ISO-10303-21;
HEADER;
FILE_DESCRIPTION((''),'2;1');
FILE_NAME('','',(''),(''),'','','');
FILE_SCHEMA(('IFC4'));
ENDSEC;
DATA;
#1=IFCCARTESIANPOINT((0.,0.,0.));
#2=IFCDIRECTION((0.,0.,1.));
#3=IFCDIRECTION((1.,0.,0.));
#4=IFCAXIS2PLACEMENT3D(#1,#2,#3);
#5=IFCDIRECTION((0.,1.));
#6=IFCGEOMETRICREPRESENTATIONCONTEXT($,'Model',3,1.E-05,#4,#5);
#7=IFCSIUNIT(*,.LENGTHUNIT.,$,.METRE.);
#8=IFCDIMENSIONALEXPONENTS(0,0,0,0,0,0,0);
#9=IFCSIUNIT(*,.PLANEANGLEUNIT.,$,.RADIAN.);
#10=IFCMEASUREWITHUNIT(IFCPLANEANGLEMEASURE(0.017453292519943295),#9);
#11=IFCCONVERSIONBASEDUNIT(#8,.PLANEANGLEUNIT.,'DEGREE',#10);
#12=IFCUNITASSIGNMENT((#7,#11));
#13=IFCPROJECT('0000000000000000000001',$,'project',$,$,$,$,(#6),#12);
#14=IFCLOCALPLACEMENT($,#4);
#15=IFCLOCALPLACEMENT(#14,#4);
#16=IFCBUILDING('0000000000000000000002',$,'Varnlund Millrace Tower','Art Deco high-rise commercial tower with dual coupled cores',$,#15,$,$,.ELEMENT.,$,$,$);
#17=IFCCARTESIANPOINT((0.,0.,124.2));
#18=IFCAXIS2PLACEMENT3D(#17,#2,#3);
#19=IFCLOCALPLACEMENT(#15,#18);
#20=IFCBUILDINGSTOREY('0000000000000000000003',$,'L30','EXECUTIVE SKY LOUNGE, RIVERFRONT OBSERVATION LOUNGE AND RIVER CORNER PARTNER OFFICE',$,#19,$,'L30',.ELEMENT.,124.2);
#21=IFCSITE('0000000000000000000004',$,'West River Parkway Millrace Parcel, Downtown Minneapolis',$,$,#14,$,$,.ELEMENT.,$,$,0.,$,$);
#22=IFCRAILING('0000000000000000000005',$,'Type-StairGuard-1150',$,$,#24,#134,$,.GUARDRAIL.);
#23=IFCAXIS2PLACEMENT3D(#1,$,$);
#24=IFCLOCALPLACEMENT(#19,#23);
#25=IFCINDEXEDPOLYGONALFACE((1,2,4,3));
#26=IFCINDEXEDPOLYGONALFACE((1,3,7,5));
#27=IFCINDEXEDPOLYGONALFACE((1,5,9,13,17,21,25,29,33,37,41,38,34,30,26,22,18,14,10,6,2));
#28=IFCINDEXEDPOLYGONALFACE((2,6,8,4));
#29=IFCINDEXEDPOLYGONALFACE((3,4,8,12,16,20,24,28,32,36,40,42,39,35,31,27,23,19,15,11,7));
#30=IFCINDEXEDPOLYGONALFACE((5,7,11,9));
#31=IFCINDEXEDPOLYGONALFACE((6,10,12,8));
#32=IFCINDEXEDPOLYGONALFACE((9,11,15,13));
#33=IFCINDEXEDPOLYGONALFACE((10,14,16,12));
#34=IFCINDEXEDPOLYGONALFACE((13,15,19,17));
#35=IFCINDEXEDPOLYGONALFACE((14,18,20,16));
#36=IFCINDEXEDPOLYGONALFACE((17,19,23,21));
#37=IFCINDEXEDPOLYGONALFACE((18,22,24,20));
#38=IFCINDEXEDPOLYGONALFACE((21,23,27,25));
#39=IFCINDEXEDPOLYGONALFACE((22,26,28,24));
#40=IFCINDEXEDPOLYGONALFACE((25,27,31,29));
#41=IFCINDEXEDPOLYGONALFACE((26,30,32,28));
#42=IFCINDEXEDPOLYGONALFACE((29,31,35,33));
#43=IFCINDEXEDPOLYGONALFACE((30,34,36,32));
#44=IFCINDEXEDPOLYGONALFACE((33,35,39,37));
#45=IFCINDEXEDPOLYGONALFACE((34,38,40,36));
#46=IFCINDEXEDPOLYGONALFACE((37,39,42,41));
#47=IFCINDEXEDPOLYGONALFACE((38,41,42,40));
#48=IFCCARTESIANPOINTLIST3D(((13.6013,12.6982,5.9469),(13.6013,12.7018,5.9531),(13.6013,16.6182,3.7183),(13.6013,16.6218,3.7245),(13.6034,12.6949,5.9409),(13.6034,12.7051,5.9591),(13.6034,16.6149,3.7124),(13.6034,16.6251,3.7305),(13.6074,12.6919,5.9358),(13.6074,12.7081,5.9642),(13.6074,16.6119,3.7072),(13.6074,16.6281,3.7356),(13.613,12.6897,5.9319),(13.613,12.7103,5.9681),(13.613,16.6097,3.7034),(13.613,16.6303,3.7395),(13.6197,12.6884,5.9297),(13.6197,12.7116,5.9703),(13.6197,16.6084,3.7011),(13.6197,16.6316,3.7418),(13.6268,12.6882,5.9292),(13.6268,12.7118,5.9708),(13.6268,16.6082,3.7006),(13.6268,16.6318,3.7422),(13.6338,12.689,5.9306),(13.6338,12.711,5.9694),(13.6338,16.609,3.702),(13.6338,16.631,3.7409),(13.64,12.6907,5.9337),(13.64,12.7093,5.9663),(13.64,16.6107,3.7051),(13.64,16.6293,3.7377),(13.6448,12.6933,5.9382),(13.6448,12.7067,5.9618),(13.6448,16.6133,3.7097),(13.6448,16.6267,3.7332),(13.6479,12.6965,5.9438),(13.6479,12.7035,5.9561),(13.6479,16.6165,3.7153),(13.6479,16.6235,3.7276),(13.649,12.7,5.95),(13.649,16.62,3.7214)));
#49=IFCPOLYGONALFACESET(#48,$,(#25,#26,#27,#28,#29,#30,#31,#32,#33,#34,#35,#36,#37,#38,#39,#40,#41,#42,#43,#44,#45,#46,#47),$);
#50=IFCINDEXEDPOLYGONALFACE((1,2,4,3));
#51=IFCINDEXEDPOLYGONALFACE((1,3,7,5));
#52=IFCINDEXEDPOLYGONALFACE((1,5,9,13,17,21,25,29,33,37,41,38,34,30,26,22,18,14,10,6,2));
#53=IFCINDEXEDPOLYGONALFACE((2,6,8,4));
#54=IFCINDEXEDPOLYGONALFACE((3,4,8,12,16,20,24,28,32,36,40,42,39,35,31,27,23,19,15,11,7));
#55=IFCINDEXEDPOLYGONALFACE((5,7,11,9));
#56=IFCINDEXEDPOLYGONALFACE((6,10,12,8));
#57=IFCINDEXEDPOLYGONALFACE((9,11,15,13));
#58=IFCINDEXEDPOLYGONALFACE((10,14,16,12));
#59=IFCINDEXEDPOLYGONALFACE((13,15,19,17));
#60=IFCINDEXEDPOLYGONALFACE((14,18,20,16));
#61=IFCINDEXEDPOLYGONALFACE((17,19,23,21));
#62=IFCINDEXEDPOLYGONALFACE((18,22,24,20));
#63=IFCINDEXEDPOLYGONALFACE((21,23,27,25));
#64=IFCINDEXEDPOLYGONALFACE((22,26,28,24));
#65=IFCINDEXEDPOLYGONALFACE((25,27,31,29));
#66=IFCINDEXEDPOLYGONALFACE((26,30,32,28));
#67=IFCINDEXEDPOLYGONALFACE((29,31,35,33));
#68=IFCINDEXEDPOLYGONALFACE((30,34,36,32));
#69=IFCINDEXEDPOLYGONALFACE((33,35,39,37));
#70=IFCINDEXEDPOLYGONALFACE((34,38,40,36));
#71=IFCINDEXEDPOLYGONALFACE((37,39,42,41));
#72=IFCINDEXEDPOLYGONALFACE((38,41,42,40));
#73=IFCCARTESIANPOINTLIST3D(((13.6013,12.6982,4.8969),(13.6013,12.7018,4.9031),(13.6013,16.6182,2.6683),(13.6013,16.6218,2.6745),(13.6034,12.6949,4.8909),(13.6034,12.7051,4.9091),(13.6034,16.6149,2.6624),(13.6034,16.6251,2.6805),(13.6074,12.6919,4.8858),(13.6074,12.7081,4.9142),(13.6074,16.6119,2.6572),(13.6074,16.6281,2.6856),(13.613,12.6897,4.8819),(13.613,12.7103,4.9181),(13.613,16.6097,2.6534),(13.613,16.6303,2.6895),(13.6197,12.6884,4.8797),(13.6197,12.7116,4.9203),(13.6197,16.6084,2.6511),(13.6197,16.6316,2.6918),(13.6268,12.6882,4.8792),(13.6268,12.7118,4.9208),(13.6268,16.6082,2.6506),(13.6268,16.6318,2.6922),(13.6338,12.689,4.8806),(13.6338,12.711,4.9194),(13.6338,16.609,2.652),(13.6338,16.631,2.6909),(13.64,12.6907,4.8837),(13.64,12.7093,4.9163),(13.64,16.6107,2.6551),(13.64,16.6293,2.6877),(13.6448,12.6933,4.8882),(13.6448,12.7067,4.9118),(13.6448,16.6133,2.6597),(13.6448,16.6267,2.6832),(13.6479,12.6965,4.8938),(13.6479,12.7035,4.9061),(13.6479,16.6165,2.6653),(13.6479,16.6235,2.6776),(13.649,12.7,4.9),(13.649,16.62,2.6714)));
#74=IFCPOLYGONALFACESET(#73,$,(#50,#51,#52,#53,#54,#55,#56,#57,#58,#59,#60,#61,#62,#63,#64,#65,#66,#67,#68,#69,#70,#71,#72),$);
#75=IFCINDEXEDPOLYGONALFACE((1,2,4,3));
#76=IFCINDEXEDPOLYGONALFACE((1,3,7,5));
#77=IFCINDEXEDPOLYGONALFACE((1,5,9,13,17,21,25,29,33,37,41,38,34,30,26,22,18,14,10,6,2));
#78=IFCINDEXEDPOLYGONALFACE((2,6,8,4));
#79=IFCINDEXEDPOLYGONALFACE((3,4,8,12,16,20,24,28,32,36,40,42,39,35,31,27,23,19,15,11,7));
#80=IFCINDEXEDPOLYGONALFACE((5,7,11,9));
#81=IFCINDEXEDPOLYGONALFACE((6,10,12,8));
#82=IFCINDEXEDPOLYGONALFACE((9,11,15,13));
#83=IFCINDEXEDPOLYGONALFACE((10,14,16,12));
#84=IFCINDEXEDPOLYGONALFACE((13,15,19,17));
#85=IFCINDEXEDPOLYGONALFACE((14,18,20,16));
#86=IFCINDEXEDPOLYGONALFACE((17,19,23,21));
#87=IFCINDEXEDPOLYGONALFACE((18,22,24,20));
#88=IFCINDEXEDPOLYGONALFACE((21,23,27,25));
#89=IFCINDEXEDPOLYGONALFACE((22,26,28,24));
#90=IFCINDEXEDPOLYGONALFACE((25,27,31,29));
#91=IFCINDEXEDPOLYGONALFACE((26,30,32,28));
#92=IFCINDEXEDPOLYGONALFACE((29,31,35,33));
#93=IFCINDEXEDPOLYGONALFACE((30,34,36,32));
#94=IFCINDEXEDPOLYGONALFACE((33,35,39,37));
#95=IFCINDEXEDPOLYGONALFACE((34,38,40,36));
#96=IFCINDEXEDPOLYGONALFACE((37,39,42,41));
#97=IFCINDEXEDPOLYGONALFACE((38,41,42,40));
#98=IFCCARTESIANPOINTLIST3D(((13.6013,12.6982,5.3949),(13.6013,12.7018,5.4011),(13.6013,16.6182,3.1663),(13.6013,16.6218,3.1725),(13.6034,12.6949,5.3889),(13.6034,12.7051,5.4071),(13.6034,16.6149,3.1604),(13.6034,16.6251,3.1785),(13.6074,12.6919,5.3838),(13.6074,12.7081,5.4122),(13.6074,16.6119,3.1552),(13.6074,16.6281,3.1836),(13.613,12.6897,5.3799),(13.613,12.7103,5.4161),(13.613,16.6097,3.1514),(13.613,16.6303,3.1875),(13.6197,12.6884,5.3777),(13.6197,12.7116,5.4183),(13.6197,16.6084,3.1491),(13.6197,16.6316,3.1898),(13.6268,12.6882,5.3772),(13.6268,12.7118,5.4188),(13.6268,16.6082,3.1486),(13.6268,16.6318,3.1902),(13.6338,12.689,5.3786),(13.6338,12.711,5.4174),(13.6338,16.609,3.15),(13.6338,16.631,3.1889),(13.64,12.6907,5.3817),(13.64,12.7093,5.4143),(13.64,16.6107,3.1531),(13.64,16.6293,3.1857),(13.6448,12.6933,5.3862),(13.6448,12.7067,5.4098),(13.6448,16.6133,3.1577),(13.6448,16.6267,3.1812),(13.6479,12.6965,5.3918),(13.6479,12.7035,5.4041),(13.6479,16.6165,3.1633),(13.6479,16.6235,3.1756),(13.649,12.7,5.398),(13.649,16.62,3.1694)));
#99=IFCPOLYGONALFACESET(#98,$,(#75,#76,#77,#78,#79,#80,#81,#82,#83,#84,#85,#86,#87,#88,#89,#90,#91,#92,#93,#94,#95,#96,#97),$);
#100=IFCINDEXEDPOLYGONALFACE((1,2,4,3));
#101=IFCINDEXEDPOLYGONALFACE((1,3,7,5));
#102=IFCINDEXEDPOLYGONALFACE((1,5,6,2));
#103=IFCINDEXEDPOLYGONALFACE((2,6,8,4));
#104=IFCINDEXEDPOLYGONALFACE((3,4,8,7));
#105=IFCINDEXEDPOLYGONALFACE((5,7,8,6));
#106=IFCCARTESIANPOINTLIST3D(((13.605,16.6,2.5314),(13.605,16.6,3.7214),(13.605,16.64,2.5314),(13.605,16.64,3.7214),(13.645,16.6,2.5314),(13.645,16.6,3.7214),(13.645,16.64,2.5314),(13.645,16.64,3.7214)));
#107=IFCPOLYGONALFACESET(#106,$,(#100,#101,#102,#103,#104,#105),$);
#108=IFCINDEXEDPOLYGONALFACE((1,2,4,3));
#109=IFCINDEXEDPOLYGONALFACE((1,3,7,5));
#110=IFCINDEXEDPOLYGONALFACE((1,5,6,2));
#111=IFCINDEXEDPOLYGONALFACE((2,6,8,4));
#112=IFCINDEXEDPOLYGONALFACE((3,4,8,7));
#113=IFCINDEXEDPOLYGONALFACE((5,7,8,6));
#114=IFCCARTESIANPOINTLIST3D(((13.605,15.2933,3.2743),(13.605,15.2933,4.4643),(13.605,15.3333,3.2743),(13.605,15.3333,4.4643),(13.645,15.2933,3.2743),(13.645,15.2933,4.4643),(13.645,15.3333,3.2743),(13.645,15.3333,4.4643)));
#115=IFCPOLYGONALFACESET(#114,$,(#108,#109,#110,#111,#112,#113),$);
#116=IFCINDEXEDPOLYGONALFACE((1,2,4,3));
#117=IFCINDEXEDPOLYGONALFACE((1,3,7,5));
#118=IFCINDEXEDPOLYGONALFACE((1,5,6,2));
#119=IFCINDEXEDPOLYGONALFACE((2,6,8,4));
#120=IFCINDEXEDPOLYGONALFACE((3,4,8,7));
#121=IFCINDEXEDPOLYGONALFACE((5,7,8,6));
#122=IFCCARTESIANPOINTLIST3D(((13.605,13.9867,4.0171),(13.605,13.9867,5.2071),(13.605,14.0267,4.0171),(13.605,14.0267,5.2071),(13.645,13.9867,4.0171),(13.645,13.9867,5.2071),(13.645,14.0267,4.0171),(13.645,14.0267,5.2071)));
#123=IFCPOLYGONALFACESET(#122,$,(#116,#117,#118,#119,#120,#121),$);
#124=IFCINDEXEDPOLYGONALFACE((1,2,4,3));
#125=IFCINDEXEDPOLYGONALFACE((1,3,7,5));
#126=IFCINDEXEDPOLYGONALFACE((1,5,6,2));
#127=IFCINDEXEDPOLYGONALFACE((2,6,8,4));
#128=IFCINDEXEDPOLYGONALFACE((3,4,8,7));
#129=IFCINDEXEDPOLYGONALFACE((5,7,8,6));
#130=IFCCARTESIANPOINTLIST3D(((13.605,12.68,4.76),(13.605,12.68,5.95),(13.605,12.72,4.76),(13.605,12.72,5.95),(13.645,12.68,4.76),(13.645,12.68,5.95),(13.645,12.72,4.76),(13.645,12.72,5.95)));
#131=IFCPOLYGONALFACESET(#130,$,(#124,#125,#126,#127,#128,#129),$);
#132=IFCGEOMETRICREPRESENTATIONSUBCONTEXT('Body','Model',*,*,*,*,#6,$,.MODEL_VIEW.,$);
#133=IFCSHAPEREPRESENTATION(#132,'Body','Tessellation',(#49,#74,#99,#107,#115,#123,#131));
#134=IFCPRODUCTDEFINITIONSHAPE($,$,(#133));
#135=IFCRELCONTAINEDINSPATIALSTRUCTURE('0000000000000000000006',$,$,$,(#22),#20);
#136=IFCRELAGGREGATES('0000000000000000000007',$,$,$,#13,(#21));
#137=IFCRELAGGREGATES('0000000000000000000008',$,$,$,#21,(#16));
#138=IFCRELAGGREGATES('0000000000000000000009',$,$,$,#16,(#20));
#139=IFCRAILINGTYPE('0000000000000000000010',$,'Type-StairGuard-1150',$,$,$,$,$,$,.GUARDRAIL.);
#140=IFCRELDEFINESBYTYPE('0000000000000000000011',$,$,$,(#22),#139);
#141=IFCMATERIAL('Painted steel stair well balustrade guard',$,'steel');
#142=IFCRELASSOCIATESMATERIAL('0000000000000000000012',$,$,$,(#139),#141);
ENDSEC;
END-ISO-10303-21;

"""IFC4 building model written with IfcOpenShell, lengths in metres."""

from ifc_helpers import new_model, entity, si_unit, converted_unit, direction, frame, origin_with_axes, origin_2d_with_axis, place, context, subcontext, project, spatial, rectangle, circle, extrude, material, type_object, element, save


model = new_model("IFC4")

# Units and contexts
model_context = context("Model", 3, precision=1e-05, world=origin_with_axes(), true_north=direction((0.0, 1.0)))
body_context = subcontext(model_context, "Body", "Model", "MODEL_VIEW")
ifc_project = project(units=[si_unit("LENGTHUNIT", "METRE"), converted_unit("PLANEANGLEUNIT", "DEGREE", entity("IfcPlaneAngleMeasure", 0.017453292519943295), si_unit("PLANEANGLEUNIT", "RADIAN"), dimensions=[0, 0, 0, 0, 0, 0, 0])], contexts=[model_context])

# Site, building, storey
site_placement = place(None, origin_with_axes())
site = spatial("IfcSite", under=ifc_project, at=site_placement, Name="West River Parkway Millrace Parcel, Downtown Minneapolis", CompositionType="ELEMENT", RefElevation=0.0)
building_placement = place(site_placement, origin_with_axes())
building = spatial("IfcBuilding", under=site, at=building_placement, Name="Varnlund Millrace Tower", Description="Art Deco high-rise commercial tower with dual coupled cores", CompositionType="ELEMENT")
storey_placement = place(building_placement, frame((0.0, 0.0, 124.2), z_axis=(0.0, 0.0, 1.0), x_axis=(1.0, 0.0, 0.0)))
storey = spatial("IfcBuildingStorey", under=building, at=storey_placement, Name="L30", Description="EXECUTIVE SKY LOUNGE, RIVERFRONT OBSERVATION LOUNGE AND RIVER CORNER PARTNER OFFICE", LongName="L30", CompositionType="ELEMENT", Elevation=124.2)

# Railing
ifc_material_1 = material(Name="Painted steel stair well balustrade guard", Category="steel")
railing_type_1 = type_object("IfcRailingType", Name="Type-StairGuard-1150", PredefinedType="GUARDRAIL", material=ifc_material_1)
railing_1_placement = place(storey_placement, frame((0.0, 0.0, -124.2), z_axis=(0.0, 0.0, 1.0), x_axis=(1.0, 0.0, 0.0)))
element("IfcRailing", 1, at=railing_1_placement, inside=storey, type_object=railing_type_1, Name="Type-StairGuard-1150", PredefinedType="GUARDRAIL", context=body_context, shape_type="SweptSolid", body=[
    extrude(circle(Radius=0.024, at=origin_2d_with_axis()), frame((13.625, 16.62, 127.9214), z_axis=(0.0, -0.869333, 0.494227), x_axis=(1.0, 0.0, 0.0)), (0.0, 0.0, 1.0), 4.5092),
    extrude(circle(Radius=0.024, at=origin_2d_with_axis()), frame((13.625, 16.62, 126.8714), z_axis=(0.0, -0.869333, 0.494227), x_axis=(1.0, 0.0, 0.0)), (0.0, 0.0, 1.0), 4.5092),
    extrude(circle(Radius=0.024, at=origin_2d_with_axis()), frame((13.625, 16.62, 127.3694), z_axis=(0.0, -0.869333, 0.494227), x_axis=(1.0, 0.0, 0.0)), (0.0, 0.0, 1.0), 4.5092),
    extrude(rectangle(XDim=0.04, YDim=0.04, at=origin_2d_with_axis()), frame((13.625, 16.62, 126.7314), z_axis=(0.0, 0.0, 1.0), x_axis=(1.0, 0.0, 0.0)), (0.0, 0.0, 1.0), 1.19),
    extrude(rectangle(XDim=0.04, YDim=0.04, at=origin_2d_with_axis()), frame((13.625, 15.3133, 127.4743), z_axis=(0.0, 0.0, 1.0), x_axis=(1.0, 0.0, 0.0)), (0.0, 0.0, 1.0), 1.19),
    extrude(rectangle(XDim=0.04, YDim=0.04, at=origin_2d_with_axis()), frame((13.625, 14.0067, 128.2171), z_axis=(0.0, 0.0, 1.0), x_axis=(1.0, 0.0, 0.0)), (0.0, 0.0, 1.0), 1.19),
    extrude(rectangle(XDim=0.04, YDim=0.04, at=origin_2d_with_axis()), frame((13.625, 12.7, 128.96), z_axis=(0.0, 0.0, 1.0), x_axis=(1.0, 0.0, 0.0)), (0.0, 0.0, 1.0), 1.19),
])

save(model, "model.ifc")
